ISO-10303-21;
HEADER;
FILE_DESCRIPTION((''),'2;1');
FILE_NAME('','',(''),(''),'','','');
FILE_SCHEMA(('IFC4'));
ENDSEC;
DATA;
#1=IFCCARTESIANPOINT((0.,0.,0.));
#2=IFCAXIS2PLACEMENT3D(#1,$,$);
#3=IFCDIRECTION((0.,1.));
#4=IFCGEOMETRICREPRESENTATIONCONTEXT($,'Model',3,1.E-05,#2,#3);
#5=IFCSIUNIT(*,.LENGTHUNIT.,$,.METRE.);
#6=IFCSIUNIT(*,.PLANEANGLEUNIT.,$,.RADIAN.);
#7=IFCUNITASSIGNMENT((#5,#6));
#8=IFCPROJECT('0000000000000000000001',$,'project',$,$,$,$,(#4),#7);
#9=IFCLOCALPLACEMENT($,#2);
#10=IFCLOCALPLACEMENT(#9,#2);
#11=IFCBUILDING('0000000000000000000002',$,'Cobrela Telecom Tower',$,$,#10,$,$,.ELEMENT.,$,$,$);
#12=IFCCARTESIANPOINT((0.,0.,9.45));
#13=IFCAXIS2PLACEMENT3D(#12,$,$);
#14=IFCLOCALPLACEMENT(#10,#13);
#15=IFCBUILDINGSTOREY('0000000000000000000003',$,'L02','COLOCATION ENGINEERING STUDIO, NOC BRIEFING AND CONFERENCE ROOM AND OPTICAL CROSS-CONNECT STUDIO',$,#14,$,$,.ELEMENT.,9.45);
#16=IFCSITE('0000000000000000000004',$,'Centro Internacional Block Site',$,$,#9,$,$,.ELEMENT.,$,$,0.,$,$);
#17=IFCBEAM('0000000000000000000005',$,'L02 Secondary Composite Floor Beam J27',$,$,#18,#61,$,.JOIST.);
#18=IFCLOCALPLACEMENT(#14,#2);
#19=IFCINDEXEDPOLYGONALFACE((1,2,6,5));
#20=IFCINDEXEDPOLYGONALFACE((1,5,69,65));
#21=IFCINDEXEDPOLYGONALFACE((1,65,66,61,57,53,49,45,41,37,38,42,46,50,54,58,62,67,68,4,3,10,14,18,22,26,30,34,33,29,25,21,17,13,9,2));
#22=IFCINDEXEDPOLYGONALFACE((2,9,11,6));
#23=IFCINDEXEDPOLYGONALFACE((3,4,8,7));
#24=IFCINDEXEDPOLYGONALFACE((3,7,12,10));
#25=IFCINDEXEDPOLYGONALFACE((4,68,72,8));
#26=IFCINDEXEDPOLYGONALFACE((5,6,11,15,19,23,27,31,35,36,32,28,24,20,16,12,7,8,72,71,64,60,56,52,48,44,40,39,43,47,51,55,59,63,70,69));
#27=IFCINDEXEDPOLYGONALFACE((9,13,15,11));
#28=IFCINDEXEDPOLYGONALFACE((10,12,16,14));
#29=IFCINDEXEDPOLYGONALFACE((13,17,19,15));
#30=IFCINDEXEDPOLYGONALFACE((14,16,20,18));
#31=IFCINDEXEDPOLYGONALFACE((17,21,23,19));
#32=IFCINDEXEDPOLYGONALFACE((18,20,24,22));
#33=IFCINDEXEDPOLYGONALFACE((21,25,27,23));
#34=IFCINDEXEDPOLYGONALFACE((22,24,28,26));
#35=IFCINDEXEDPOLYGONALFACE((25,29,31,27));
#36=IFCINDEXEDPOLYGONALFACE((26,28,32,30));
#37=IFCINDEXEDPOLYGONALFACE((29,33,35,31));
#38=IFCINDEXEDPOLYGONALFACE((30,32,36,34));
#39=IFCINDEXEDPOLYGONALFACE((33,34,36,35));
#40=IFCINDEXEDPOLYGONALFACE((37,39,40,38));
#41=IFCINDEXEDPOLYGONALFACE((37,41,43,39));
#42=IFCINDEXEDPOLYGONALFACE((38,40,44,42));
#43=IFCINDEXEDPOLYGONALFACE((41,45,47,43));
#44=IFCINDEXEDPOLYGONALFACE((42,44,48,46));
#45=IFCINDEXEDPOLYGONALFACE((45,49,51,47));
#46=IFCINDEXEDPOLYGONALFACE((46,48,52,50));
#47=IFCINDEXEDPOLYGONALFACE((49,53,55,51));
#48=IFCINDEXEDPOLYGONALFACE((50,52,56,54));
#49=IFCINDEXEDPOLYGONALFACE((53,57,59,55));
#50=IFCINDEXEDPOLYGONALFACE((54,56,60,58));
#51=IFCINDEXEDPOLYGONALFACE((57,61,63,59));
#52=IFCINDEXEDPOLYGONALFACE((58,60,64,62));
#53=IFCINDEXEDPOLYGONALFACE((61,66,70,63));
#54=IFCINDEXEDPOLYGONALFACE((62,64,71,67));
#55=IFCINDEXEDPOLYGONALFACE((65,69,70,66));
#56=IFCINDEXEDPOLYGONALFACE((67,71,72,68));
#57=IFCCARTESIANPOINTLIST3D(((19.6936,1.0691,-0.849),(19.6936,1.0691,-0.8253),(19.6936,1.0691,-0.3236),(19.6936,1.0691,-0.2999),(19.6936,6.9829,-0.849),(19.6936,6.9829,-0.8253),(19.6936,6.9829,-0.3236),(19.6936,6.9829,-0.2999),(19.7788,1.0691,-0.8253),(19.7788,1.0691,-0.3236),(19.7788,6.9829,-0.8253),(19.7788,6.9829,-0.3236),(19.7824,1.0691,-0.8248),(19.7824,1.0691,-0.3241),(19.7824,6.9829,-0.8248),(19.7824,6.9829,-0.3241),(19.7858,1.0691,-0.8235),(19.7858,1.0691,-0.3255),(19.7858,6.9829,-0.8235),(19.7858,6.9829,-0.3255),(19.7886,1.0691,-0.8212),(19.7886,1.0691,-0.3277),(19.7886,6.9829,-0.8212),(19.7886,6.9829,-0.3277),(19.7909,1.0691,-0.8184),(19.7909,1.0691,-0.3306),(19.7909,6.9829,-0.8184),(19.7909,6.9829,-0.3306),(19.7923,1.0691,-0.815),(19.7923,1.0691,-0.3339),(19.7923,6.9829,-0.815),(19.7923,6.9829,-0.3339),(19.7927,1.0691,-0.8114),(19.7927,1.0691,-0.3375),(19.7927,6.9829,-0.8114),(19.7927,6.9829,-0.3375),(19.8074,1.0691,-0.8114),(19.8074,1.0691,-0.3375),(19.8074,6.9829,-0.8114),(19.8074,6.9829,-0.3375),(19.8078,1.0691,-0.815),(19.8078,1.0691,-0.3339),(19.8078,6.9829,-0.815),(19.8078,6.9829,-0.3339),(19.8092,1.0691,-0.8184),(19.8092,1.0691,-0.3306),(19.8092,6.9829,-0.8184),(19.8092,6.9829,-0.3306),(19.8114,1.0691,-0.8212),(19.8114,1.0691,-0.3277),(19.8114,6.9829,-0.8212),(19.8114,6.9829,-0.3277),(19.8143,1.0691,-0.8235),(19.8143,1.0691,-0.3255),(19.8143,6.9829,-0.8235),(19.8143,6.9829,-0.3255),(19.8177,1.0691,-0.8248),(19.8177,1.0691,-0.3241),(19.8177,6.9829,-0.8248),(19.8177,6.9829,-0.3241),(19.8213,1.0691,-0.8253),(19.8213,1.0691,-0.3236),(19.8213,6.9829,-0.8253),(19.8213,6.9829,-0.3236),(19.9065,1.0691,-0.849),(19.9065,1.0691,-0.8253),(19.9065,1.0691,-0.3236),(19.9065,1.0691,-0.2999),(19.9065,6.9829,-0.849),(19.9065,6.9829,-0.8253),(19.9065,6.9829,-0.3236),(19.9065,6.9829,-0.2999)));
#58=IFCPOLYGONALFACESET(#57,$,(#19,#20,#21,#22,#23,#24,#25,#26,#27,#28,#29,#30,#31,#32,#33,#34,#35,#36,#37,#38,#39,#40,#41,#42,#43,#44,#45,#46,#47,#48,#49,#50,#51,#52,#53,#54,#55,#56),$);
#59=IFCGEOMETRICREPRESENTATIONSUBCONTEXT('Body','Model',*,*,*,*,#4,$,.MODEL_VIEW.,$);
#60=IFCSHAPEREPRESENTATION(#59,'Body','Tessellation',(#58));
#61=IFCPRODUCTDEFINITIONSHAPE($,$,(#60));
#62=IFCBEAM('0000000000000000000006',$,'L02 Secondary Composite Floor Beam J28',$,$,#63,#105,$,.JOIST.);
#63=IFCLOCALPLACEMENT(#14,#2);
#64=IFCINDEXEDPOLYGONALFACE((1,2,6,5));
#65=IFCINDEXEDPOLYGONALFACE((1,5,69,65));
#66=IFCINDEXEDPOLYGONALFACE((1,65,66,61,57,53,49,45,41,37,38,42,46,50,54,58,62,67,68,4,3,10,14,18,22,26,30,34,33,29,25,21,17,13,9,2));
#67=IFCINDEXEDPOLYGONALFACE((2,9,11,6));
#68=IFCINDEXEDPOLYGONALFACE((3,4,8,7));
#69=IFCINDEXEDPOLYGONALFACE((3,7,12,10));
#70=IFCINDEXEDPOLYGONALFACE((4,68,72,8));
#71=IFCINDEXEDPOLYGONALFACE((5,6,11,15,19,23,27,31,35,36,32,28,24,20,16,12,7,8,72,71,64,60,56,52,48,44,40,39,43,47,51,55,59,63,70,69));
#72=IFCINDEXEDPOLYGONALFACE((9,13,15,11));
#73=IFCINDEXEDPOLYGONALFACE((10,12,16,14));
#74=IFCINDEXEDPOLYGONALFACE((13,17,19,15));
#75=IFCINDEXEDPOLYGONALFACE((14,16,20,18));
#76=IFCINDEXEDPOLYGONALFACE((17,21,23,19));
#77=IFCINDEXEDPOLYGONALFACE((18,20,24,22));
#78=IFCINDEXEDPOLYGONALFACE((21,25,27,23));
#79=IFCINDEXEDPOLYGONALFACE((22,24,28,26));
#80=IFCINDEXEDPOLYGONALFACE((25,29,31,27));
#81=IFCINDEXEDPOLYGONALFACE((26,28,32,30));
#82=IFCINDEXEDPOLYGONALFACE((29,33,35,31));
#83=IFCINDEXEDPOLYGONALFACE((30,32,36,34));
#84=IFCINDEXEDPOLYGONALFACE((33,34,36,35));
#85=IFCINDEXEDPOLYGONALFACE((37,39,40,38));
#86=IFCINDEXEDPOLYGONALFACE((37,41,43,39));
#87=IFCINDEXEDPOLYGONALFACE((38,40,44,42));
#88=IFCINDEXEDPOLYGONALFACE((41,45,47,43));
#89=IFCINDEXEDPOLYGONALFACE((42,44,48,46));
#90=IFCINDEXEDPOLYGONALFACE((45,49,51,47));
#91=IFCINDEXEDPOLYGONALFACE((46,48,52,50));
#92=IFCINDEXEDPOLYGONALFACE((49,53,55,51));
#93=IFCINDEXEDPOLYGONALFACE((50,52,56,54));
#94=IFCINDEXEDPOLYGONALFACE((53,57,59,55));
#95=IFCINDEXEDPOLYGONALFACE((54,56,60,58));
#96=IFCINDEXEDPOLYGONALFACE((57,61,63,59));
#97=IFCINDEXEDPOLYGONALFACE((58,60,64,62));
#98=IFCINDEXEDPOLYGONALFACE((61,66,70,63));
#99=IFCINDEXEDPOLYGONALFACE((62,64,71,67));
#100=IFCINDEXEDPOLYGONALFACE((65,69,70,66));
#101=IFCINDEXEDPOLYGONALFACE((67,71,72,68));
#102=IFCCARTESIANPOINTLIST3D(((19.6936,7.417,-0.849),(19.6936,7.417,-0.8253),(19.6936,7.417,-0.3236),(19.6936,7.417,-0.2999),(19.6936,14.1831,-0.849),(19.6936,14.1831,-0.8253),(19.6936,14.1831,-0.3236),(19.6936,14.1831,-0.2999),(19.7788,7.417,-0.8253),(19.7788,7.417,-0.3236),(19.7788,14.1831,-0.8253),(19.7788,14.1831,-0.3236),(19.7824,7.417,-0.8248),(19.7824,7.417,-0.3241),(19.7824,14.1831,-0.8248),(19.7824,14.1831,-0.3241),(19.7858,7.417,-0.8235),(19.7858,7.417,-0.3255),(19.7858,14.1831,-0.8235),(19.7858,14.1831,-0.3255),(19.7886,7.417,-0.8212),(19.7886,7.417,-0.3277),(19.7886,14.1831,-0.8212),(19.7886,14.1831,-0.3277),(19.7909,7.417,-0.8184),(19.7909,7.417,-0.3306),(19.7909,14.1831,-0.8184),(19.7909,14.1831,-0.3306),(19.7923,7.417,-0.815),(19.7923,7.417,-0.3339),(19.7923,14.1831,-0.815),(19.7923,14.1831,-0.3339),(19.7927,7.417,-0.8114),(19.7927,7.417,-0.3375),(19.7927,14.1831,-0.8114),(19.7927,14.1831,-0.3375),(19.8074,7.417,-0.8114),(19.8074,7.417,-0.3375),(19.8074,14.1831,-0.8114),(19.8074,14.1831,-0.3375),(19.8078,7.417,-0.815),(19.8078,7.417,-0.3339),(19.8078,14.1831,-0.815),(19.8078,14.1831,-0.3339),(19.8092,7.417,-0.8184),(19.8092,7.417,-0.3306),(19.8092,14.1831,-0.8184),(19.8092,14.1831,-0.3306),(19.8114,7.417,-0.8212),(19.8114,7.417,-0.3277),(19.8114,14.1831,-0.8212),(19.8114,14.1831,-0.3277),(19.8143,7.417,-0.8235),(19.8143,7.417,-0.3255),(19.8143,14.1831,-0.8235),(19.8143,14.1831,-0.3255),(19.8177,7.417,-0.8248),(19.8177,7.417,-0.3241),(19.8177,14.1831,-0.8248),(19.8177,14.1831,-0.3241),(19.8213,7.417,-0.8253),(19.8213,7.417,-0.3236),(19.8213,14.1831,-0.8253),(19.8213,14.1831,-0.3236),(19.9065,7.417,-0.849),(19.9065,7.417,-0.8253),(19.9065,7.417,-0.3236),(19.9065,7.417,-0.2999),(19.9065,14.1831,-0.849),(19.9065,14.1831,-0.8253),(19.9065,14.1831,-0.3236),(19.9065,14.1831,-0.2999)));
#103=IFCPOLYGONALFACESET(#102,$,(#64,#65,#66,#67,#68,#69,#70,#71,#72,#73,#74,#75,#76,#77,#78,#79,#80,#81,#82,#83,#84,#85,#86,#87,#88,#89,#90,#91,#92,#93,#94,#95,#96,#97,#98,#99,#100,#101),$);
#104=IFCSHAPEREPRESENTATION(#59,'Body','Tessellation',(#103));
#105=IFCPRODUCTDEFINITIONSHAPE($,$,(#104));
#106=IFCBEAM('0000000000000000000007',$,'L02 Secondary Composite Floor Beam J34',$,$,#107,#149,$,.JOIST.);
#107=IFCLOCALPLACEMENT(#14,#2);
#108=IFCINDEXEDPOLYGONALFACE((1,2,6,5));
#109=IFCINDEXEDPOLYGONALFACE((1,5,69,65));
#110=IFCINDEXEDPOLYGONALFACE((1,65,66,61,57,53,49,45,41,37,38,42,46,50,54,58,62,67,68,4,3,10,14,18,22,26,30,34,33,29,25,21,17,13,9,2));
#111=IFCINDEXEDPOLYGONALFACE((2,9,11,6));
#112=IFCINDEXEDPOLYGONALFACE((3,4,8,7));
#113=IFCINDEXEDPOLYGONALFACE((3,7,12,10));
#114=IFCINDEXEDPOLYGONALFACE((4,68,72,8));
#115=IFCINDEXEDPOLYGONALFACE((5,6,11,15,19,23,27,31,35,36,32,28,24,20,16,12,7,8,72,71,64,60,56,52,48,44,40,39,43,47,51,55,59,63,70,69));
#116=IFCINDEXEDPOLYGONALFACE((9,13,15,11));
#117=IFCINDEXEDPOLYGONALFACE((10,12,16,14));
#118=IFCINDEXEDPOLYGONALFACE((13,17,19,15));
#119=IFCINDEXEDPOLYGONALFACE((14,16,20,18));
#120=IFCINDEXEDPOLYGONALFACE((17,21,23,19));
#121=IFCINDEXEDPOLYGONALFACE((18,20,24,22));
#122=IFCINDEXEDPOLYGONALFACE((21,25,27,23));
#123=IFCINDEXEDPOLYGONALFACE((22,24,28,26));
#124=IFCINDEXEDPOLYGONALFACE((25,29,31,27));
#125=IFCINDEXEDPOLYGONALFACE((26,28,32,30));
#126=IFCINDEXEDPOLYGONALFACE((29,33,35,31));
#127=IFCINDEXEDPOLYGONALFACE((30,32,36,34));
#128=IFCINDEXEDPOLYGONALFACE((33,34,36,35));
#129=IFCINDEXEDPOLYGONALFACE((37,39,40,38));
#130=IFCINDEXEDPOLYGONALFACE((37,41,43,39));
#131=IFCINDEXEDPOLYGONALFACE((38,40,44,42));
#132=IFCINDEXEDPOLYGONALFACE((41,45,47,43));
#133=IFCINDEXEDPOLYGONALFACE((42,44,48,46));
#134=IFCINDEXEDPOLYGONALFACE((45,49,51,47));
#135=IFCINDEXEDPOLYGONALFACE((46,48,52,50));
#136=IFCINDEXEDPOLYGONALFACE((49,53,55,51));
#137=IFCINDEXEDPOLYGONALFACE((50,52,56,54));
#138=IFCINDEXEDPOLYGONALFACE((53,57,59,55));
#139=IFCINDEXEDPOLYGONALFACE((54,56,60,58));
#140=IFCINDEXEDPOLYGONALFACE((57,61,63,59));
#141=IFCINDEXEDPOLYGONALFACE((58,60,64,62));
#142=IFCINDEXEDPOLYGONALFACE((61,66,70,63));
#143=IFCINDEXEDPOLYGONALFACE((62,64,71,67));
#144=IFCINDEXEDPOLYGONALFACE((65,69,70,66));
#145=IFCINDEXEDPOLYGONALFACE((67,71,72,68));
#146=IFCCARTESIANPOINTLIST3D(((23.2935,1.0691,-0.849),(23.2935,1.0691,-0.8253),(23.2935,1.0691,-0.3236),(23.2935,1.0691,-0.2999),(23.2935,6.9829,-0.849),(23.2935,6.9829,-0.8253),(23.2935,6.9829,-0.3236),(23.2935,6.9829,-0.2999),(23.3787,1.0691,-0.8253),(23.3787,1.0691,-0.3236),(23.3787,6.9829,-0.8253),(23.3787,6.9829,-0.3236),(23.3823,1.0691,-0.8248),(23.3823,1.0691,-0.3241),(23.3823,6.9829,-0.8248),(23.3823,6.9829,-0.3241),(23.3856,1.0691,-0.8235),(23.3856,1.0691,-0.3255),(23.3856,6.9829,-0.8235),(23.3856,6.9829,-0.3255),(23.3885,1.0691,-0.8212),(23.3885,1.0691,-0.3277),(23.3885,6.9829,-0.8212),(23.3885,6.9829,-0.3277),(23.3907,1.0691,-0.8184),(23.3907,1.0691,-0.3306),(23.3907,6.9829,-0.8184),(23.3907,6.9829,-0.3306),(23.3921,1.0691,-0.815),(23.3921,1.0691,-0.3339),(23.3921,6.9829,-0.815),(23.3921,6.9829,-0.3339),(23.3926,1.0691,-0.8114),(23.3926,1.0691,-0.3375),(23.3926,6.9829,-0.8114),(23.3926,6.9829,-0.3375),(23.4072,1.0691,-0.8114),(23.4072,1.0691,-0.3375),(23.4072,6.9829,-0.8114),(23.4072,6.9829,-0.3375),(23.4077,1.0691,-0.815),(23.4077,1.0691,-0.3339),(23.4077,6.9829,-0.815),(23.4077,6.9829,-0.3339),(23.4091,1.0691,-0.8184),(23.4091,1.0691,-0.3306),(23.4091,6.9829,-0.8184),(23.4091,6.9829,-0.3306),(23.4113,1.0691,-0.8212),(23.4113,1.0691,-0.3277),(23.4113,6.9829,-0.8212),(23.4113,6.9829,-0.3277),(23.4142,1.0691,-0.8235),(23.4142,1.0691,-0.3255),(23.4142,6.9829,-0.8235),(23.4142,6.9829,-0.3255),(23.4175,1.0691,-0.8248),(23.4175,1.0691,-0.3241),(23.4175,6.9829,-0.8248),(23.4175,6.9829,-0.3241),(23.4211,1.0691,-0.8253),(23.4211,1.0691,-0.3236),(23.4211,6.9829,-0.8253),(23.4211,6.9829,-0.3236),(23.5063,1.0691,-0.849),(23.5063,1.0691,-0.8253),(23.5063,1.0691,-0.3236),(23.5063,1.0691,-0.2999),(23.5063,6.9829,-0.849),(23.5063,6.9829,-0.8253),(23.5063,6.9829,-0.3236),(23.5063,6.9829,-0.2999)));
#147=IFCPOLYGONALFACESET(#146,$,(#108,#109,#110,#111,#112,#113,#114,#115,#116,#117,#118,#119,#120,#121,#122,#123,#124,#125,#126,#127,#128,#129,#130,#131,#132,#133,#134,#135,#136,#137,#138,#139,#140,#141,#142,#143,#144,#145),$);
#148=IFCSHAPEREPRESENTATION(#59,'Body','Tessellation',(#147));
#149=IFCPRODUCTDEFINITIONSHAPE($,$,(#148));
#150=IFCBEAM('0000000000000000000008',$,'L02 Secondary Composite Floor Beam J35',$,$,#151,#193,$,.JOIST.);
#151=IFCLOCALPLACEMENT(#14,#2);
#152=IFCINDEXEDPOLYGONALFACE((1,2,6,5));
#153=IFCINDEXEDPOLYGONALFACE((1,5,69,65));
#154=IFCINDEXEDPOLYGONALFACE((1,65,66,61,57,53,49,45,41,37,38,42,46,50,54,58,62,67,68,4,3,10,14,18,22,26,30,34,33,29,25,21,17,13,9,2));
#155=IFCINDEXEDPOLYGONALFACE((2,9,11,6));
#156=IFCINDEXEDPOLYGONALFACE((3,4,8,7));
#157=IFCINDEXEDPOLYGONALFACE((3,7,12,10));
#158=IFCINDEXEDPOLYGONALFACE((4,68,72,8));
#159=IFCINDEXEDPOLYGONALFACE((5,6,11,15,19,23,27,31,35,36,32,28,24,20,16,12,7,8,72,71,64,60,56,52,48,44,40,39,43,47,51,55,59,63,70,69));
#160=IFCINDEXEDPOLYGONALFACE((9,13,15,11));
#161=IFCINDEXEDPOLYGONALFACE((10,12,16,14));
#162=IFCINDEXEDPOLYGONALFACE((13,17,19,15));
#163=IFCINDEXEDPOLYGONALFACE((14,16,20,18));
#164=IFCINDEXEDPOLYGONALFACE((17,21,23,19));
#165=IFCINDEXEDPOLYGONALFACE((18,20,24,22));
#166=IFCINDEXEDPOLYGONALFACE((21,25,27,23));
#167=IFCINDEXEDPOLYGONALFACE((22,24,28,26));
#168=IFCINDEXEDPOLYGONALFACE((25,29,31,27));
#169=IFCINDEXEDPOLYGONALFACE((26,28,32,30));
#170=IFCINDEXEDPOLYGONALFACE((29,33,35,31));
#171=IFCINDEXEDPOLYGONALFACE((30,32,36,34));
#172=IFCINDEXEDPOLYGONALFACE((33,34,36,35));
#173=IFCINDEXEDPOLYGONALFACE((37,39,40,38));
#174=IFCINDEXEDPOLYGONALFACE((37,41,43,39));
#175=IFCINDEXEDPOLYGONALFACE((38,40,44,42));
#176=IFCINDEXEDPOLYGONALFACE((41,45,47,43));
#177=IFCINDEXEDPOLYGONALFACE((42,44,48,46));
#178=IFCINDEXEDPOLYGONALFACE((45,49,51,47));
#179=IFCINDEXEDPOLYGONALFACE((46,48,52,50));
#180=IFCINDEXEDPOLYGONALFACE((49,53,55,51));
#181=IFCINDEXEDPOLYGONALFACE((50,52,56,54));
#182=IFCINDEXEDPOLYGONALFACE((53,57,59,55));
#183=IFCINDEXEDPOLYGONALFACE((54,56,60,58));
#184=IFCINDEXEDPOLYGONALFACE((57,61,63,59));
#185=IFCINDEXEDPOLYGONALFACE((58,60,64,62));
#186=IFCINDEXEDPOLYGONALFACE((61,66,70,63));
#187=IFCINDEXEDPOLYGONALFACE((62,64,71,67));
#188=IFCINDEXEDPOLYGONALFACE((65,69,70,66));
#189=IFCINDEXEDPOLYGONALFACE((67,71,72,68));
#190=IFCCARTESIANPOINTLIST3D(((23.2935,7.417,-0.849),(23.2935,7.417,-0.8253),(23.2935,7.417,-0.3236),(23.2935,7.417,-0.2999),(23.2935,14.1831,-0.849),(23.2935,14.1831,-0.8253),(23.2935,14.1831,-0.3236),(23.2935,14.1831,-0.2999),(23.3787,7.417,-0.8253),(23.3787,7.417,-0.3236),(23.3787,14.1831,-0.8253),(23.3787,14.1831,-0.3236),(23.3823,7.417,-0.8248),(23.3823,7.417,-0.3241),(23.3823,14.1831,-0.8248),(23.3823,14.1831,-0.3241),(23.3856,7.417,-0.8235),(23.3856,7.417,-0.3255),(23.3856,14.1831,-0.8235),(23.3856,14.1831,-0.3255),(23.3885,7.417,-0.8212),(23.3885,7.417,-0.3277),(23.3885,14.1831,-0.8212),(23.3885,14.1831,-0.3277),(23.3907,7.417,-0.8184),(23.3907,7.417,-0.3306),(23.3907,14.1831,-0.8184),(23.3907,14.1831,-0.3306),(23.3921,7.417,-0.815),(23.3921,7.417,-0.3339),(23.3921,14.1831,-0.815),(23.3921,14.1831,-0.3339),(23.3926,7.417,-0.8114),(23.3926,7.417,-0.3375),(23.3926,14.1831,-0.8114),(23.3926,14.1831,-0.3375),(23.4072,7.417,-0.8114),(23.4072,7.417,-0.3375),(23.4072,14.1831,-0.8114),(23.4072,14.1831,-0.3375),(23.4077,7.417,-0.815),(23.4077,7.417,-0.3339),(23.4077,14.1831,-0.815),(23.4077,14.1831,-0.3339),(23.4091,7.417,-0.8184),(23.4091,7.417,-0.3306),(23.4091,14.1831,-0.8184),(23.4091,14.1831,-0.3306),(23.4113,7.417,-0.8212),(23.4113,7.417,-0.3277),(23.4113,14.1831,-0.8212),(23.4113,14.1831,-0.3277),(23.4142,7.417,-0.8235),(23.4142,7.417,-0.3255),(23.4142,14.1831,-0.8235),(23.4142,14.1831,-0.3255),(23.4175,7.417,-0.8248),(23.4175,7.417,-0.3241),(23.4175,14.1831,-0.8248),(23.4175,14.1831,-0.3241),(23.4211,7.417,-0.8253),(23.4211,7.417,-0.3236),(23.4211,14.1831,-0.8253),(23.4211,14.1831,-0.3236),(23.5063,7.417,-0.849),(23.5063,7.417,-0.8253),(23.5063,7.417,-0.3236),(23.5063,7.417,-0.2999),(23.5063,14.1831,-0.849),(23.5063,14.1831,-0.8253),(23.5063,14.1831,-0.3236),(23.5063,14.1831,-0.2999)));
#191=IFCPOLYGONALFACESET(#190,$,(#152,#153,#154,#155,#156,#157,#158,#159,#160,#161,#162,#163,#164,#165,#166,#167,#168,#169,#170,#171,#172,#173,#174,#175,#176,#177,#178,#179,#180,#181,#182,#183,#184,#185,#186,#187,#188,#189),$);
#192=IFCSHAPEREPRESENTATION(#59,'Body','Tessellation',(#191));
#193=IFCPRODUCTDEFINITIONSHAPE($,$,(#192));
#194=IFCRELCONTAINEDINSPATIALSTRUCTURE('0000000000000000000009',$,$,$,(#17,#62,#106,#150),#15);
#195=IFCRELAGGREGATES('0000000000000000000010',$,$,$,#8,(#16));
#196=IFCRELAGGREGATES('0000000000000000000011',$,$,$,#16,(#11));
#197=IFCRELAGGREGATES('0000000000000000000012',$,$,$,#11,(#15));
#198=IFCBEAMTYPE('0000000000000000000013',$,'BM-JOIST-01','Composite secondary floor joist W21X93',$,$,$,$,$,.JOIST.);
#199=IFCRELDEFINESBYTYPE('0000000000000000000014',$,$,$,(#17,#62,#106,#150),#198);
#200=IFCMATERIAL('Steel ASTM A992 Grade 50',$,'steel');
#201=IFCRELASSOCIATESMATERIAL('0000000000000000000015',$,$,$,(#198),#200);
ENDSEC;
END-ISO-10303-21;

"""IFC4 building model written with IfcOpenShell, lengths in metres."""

from ifc_helpers import new_model, si_unit, direction, frame, origin, origin_2d, place, context, subcontext, project, spatial, i_section, extrude, material, material_profile, profile_set, type_object, element, save


model = new_model("IFC4")

# Units and contexts
model_context = context("Model", 3, precision=1e-05, world=origin(), true_north=direction((0.0, 1.0)))
body_context = subcontext(model_context, "Body", "Model", "MODEL_VIEW")
ifc_project = project(units=[si_unit("LENGTHUNIT", "METRE"), si_unit("PLANEANGLEUNIT", "RADIAN")], contexts=[model_context])

# Site, building, storey
site_placement = place(None, origin())
site = spatial("IfcSite", under=ifc_project, at=site_placement, Name="Centro Internacional Block Site", CompositionType="ELEMENT", RefElevation=0.0)
building_placement = place(site_placement, origin())
building = spatial("IfcBuilding", under=site, at=building_placement, Name="Cobrela Telecom Tower", CompositionType="ELEMENT")
storey_placement = place(building_placement, frame((0.0, 0.0, 9.45)))
storey = spatial("IfcBuildingStorey", under=building, at=storey_placement, Name="L02", Description="COLOCATION ENGINEERING STUDIO, NOC BRIEFING AND CONFERENCE ROOM AND OPTICAL CROSS-CONNECT STUDIO", CompositionType="ELEMENT", Elevation=9.45)

# Beams
ifc_material_1 = material(Name="Steel ASTM A992 Grade 50", Category="steel")
ifc_material_profile_1 = material_profile(ifc_material_1, i_section(OverallWidth=0.2129, OverallDepth=0.5491, WebThickness=0.0146, FlangeThickness=0.0237, FilletRadius=0.0139, at=origin_2d()), Name="W21X93")
ifc_profile_set_1 = profile_set([ifc_material_profile_1], Name="Steel ASTM A992 Grade 50")
beam_type_1 = type_object("IfcBeamType", Name="BM-JOIST-01", Description="Composite secondary floor joist W21X93", PredefinedType="JOIST", material=ifc_profile_set_1)
beam_1_placement = place(storey_placement, frame((19.8, 1.0691, -0.5745), z_axis=(0.0, 1.0, 0.0), x_axis=(-1.0, 0.0, 0.0)))
element("IfcBeam", 1, at=beam_1_placement, inside=storey, type_object=beam_type_1, Name="L02 Secondary Composite Floor Beam J27", PredefinedType="JOIST", context=body_context, shape_type="SweptSolid", body=[
    extrude(i_section(OverallWidth=0.2129, OverallDepth=0.5491, WebThickness=0.0146, FlangeThickness=0.0237, FilletRadius=0.0139, at=origin_2d()), origin(), (0.0, 0.0, 1.0), 5.9138),
])
beam_2_placement = place(storey_placement, frame((19.8, 7.417, -0.5745), z_axis=(0.0, 1.0, 0.0), x_axis=(-1.0, 0.0, 0.0)))
element("IfcBeam", 2, at=beam_2_placement, inside=storey, type_object=beam_type_1, Name="L02 Secondary Composite Floor Beam J28", PredefinedType="JOIST", context=body_context, shape_type="SweptSolid", body=[
    extrude(i_section(OverallWidth=0.2129, OverallDepth=0.5491, WebThickness=0.0146, FlangeThickness=0.0237, FilletRadius=0.0139, at=origin_2d()), origin(), (0.0, 0.0, 1.0), 6.7661),
])
beam_3_placement = place(storey_placement, frame((23.3999, 1.0691, -0.5745), z_axis=(0.0, 1.0, 0.0), x_axis=(-1.0, 0.0, 0.0)))
element("IfcBeam", 3, at=beam_3_placement, inside=storey, type_object=beam_type_1, Name="L02 Secondary Composite Floor Beam J34", PredefinedType="JOIST", context=body_context, shape_type="SweptSolid", body=[
    extrude(i_section(OverallWidth=0.2129, OverallDepth=0.5491, WebThickness=0.0146, FlangeThickness=0.0237, FilletRadius=0.0139, at=origin_2d()), origin(), (0.0, 0.0, 1.0), 5.9138),
])
beam_4_placement = place(storey_placement, frame((23.3999, 7.417, -0.5745), z_axis=(0.0, 1.0, 0.0), x_axis=(-1.0, 0.0, 0.0)))
element("IfcBeam", 4, at=beam_4_placement, inside=storey, type_object=beam_type_1, Name="L02 Secondary Composite Floor Beam J35", PredefinedType="JOIST", context=body_context, shape_type="SweptSolid", body=[
    extrude(i_section(OverallWidth=0.2129, OverallDepth=0.5491, WebThickness=0.0146, FlangeThickness=0.0237, FilletRadius=0.0139, at=origin_2d()), origin(), (0.0, 0.0, 1.0), 6.7661),
])

save(model, "model.ifc")
